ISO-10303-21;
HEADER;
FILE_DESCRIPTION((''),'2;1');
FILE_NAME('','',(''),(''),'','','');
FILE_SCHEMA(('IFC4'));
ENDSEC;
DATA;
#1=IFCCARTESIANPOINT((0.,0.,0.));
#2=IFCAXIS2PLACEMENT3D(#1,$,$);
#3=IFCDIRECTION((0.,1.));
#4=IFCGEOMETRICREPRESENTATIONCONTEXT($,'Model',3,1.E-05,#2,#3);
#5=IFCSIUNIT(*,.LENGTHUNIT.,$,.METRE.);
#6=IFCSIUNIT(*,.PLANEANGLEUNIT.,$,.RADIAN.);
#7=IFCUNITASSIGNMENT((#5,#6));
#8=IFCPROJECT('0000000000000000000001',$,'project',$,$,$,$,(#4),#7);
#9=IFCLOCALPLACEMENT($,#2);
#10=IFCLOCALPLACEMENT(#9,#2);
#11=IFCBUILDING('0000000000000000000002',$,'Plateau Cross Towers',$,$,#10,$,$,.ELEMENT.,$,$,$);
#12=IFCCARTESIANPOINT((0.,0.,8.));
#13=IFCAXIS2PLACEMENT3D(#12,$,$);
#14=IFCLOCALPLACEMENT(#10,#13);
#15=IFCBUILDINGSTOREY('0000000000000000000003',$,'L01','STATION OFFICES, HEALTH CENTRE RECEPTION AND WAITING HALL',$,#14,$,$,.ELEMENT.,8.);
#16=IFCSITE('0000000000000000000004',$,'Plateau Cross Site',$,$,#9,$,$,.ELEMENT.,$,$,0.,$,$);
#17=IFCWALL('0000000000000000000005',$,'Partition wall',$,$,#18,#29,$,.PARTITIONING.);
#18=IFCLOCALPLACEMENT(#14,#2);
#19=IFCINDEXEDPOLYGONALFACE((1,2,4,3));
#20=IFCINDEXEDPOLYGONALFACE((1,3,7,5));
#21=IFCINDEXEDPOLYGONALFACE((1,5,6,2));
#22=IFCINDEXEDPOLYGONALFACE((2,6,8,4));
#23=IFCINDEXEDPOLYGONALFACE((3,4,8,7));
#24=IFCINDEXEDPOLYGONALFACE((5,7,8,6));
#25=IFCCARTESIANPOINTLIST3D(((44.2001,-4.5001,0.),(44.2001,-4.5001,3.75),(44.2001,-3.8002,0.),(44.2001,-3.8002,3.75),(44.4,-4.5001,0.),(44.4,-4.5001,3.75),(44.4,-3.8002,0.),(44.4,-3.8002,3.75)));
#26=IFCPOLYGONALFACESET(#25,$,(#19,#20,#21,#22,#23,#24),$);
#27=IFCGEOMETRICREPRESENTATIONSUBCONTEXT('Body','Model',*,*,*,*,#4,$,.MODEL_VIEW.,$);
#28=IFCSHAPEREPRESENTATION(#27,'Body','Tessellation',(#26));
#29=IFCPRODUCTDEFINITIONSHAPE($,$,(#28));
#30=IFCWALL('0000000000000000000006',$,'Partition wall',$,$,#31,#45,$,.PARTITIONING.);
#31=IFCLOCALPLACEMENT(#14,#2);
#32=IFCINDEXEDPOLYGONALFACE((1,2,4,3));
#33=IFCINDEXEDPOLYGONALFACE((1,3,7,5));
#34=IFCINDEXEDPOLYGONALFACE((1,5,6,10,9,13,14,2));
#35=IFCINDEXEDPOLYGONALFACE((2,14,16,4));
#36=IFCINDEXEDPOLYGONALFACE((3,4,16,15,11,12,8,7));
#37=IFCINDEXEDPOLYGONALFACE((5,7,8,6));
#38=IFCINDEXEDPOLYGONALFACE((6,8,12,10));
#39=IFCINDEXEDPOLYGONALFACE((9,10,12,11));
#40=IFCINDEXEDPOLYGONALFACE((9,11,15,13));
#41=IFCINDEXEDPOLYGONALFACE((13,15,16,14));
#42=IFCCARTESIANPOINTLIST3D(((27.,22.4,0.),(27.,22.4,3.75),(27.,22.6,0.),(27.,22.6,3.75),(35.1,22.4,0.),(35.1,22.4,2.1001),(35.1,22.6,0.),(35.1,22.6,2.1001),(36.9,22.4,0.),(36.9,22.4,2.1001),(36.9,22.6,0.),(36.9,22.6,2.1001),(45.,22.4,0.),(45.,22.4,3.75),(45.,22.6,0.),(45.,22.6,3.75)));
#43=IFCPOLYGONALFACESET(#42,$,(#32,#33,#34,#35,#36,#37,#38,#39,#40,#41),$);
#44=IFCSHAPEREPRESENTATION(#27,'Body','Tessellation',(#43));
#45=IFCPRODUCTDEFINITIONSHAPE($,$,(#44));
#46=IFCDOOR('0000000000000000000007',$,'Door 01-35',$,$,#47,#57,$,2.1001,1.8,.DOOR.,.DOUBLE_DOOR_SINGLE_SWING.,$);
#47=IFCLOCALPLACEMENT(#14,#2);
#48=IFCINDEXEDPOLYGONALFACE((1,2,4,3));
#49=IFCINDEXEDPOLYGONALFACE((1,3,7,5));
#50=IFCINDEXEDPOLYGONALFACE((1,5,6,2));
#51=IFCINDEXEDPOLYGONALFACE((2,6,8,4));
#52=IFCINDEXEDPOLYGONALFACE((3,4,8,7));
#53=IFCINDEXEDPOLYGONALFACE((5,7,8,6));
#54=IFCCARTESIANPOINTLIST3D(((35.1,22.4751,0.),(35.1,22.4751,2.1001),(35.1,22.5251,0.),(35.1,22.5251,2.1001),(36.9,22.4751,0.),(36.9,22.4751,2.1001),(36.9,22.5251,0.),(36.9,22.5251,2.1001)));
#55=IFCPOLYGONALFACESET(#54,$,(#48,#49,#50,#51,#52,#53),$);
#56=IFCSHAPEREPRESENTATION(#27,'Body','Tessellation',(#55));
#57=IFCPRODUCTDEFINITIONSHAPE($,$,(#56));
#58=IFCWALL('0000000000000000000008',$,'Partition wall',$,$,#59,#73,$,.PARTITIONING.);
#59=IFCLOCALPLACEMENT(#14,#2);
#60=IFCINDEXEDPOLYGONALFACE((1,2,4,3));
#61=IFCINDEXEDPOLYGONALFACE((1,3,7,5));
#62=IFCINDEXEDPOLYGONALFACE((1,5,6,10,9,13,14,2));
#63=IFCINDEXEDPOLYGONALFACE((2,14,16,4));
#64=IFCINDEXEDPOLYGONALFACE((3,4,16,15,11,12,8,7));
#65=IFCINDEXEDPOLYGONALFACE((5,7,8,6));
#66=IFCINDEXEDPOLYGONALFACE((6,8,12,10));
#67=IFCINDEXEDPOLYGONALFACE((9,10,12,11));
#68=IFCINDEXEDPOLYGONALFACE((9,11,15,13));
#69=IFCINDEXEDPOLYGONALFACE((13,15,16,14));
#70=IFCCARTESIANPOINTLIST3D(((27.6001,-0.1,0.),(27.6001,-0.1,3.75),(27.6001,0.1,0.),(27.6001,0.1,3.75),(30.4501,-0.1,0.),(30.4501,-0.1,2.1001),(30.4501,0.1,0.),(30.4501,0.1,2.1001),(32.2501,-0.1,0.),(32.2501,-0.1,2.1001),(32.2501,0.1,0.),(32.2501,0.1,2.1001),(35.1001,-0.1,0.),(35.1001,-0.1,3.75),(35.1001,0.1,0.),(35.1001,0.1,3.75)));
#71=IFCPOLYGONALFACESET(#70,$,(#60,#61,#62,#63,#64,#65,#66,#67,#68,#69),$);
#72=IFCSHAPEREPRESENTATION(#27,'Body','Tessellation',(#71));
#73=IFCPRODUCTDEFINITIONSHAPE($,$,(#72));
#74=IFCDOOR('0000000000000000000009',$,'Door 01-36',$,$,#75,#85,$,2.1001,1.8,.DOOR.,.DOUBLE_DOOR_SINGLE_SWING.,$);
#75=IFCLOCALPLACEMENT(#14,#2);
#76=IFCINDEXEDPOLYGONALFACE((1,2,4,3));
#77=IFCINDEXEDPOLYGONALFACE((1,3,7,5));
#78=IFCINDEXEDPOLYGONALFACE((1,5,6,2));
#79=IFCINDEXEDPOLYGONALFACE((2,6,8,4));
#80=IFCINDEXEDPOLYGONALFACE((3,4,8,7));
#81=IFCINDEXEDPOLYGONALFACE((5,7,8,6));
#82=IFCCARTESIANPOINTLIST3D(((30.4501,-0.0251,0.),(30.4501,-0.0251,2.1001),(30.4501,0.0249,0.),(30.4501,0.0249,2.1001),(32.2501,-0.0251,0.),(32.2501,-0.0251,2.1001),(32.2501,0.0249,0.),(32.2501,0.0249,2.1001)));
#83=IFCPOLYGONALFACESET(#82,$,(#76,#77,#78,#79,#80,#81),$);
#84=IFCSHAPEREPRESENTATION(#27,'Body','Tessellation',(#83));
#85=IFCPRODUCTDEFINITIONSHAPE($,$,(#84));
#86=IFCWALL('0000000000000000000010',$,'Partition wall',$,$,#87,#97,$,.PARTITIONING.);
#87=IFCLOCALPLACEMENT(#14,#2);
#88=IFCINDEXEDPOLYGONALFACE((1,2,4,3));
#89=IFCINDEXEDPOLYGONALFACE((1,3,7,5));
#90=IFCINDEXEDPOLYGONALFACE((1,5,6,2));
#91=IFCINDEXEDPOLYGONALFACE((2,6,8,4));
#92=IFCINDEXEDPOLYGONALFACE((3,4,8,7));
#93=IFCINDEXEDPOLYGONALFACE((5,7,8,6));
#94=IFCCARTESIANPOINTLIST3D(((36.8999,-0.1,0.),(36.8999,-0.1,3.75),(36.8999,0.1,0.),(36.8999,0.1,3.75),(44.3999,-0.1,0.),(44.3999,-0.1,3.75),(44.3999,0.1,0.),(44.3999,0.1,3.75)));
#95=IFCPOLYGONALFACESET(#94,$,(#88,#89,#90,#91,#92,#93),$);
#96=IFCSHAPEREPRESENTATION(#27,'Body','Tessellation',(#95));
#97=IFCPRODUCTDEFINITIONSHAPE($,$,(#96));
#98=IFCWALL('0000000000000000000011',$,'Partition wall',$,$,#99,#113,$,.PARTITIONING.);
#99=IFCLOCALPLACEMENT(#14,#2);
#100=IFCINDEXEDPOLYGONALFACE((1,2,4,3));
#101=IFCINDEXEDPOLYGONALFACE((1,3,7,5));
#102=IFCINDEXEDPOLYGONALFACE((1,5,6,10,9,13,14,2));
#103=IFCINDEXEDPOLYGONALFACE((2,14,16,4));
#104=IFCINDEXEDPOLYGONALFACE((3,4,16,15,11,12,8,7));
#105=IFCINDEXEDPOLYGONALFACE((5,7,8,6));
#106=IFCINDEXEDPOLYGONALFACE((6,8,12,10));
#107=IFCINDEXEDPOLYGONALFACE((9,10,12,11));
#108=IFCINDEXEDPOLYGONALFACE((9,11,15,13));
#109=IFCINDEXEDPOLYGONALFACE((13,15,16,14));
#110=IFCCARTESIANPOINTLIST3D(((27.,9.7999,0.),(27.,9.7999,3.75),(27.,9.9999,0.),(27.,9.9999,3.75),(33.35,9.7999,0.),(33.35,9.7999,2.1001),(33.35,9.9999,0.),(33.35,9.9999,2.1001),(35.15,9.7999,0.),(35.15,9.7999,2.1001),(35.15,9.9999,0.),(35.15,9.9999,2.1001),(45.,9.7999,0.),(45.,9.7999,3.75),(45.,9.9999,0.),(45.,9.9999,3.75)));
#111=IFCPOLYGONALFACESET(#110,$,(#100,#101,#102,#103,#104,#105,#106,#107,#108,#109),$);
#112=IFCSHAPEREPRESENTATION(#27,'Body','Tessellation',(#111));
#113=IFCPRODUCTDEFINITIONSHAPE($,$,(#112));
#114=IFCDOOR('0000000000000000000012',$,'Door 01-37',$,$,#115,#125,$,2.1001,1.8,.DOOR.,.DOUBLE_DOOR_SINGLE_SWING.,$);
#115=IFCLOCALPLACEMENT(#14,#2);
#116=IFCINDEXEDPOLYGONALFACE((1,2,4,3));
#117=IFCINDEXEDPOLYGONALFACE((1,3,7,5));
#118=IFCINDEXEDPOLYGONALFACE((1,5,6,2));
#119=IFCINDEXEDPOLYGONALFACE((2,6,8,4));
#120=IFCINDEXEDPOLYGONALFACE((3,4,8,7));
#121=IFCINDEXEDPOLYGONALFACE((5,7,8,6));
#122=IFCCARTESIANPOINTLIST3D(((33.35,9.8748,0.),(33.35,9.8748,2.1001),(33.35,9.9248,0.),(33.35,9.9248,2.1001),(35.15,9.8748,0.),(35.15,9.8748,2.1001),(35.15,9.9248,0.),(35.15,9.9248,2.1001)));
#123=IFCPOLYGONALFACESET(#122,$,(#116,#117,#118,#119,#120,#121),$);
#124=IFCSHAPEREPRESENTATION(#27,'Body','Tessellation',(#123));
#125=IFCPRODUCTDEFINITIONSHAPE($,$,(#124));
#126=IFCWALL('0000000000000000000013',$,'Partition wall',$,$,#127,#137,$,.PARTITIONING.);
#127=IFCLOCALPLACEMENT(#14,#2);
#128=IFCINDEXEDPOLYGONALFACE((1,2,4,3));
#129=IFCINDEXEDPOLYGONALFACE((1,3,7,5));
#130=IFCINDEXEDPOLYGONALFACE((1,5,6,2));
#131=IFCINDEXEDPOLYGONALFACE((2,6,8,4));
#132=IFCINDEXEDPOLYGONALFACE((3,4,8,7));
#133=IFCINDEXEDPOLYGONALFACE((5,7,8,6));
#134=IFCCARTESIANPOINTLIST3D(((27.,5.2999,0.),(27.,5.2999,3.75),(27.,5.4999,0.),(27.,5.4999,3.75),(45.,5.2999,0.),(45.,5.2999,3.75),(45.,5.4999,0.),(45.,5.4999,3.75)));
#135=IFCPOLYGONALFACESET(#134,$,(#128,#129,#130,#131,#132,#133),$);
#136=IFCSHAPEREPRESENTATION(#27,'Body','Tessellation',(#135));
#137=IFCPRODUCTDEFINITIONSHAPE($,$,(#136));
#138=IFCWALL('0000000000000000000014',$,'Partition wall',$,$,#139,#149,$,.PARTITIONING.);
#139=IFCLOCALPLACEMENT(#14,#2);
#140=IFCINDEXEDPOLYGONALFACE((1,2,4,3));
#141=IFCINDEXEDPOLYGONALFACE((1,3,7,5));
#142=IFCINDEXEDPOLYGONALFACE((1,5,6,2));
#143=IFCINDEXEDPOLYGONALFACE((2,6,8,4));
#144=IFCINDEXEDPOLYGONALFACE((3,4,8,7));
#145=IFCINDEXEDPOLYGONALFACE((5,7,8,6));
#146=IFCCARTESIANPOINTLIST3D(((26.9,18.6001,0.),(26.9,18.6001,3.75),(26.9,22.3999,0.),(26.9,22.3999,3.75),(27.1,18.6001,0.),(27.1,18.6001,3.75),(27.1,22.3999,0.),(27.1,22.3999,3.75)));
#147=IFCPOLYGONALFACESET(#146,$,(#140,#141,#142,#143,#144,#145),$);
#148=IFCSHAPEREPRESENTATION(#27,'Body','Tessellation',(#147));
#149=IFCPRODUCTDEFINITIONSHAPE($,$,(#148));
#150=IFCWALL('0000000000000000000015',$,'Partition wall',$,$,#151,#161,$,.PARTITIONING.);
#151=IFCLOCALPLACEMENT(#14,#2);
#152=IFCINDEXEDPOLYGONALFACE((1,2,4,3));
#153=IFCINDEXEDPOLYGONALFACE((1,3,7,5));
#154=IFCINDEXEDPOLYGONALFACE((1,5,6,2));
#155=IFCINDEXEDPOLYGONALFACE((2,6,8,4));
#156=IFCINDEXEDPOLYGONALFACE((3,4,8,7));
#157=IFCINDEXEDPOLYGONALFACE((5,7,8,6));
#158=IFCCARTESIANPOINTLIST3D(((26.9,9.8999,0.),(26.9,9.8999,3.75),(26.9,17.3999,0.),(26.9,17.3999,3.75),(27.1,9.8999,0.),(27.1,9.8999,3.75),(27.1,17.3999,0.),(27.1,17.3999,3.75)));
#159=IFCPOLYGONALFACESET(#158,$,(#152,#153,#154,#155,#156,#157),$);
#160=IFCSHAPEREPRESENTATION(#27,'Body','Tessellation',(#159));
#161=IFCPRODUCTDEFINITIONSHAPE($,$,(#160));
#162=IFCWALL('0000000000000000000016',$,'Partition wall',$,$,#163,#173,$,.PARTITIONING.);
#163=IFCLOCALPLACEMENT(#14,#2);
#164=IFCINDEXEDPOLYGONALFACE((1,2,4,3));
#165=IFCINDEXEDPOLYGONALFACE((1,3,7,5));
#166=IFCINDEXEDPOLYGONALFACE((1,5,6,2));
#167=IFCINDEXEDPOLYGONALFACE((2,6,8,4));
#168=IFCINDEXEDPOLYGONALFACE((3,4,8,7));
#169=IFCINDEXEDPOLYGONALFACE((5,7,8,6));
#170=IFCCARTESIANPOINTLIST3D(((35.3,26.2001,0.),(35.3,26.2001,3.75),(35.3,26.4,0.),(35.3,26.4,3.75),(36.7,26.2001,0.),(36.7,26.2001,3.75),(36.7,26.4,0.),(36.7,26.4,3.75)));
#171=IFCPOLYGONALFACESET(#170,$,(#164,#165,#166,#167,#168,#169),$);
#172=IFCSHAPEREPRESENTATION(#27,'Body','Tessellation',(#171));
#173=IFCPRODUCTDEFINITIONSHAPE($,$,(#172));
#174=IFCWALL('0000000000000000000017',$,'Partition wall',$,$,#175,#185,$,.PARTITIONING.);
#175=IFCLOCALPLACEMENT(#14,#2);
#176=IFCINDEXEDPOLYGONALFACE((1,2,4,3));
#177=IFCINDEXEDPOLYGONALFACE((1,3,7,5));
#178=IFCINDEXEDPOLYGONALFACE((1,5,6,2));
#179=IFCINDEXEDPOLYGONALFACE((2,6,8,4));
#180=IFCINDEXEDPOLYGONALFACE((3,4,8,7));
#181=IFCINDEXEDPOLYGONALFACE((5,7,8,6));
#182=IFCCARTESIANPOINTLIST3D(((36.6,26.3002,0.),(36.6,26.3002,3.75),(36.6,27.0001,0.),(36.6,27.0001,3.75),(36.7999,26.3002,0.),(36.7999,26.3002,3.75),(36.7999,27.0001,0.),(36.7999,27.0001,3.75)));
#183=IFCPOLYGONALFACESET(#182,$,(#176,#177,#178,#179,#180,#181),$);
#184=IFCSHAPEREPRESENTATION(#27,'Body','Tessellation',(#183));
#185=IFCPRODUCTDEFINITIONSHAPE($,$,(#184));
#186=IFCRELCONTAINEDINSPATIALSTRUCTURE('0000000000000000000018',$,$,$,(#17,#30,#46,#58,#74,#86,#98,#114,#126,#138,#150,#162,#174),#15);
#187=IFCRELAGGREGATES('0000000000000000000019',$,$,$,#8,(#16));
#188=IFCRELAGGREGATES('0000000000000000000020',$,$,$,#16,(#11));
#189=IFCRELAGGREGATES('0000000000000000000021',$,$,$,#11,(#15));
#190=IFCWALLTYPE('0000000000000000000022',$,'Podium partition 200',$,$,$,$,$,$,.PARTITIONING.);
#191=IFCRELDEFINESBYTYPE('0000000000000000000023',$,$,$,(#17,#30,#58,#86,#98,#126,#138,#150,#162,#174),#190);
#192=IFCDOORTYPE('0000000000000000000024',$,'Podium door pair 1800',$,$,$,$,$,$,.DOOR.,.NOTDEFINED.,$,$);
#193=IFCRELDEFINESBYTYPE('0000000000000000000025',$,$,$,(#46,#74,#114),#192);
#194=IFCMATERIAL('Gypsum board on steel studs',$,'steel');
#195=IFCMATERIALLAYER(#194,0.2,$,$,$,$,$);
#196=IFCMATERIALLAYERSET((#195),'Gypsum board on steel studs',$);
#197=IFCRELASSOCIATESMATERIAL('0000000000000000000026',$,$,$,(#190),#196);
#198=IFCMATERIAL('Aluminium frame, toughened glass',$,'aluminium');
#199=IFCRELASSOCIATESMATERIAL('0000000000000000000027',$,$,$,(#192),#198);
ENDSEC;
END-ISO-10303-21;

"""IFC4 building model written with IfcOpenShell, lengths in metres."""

from ifc_helpers import new_model, si_unit, direction, frame, frame_2d, origin, place, context, subcontext, project, spatial, rectangle, extrude, material, layer, layer_set, type_object, element, fill, save


model = new_model("IFC4")

# Units and contexts
model_context = context("Model", 3, precision=1e-05, world=origin(), true_north=direction((0.0, 1.0)))
body_context = subcontext(model_context, "Body", "Model", "MODEL_VIEW")
ifc_project = project(units=[si_unit("LENGTHUNIT", "METRE"), si_unit("PLANEANGLEUNIT", "RADIAN")], contexts=[model_context])

# Site, building, storey
site_placement = place(None, origin())
site = spatial("IfcSite", under=ifc_project, at=site_placement, Name="Plateau Cross Site", CompositionType="ELEMENT", RefElevation=0.0)
building_placement = place(site_placement, origin())
building = spatial("IfcBuilding", under=site, at=building_placement, Name="Plateau Cross Towers", CompositionType="ELEMENT")
storey_placement = place(building_placement, frame((0.0, 0.0, 8.0)))
storey = spatial("IfcBuildingStorey", under=building, at=storey_placement, Name="L01", Description="STATION OFFICES, HEALTH CENTRE RECEPTION AND WAITING HALL", CompositionType="ELEMENT", Elevation=8.0)

# Wall
ifc_material_1 = material(Name="Gypsum board on steel studs", Category="steel")
ifc_layer_1 = layer(ifc_material_1, 0.2)
ifc_layer_set_1 = layer_set([ifc_layer_1], Name="Gypsum board on steel studs")
wall_type_1 = type_object("IfcWallType", Name="Podium partition 200", PredefinedType="PARTITIONING", material=ifc_layer_set_1)
wall_1_placement = place(storey_placement, frame((44.3, -3.8, 0.0), z_axis=(0.0, 0.0, 1.0), x_axis=(0.0, -1.0, 0.0)))
element("IfcWall", 1, at=wall_1_placement, inside=storey, type_object=wall_type_1, Name="Partition wall", PredefinedType="PARTITIONING", context=body_context, shape_type="SweptSolid", body=[
    extrude(rectangle(XDim=0.7, YDim=0.2, at=frame_2d((0.3501, 0.0))), origin(), (0.0, 0.0, 1.0), 3.75),
])

# Walls, openings, doors
wall_2_placement = place(storey_placement, frame((45.0, 22.5, 0.0), z_axis=(0.0, 0.0, 1.0), x_axis=(-1.0, 0.0, 0.0)))
wall_2 = element("IfcWall", 2, at=wall_2_placement, inside=storey, type_object=wall_type_1, Name="Partition wall", PredefinedType="PARTITIONING", context=body_context, shape_type="SweptSolid", body=[
    extrude(rectangle(XDim=18.0, YDim=0.2, at=frame_2d((9.0, 0.0))), origin(), (0.0, 0.0, 1.0), 3.75),
])
opening_1_placement = place(wall_2_placement, frame((8.1001, 0.0, 0.0)))
opening_1 = element("IfcOpeningElement", 3, at=opening_1_placement, cuts=wall_2, PredefinedType="OPENING", context=body_context, shape_type="SweptSolid", body=[
    extrude(rectangle(XDim=1.8, YDim=2.1001, at=frame_2d((0.8999, 1.05))), frame((0.0, 0.1099, 0.0), z_axis=(0.0, -1.0, 0.0), x_axis=(1.0, 0.0, 0.0)), (0.0, 0.0, 1.0), 0.22),
])
ifc_material_2 = material(Name="Aluminium frame, toughened glass", Category="aluminium")
door_type = type_object("IfcDoorType", Name="Podium door pair 1800", OperationType="NOTDEFINED", PredefinedType="DOOR", material=ifc_material_2)
door_1_placement = place(opening_1_placement, origin())
door_1 = element("IfcDoor", 4, at=door_1_placement, inside=storey, type_object=door_type, Name="Door 01-35", OperationType="DOUBLE_DOOR_SINGLE_SWING", OverallHeight=2.1001, OverallWidth=1.8, PredefinedType="DOOR", context=body_context, shape_type="SweptSolid", body=[
    extrude(rectangle(XDim=1.8, YDim=2.1001, at=frame_2d((0.8999, 1.05))), frame((0.0, 0.0249, 0.0), z_axis=(0.0, -1.0, 0.0), x_axis=(1.0, 0.0, 0.0)), (0.0, 0.0, 1.0), 0.05),
])
fill(opening_1, door_1)
wall_3_placement = place(storey_placement, frame((27.6001, 0.0, 0.0), z_axis=(0.0, 0.0, 1.0), x_axis=(1.0, 0.0, 0.0)))
wall_3 = element("IfcWall", 5, at=wall_3_placement, inside=storey, type_object=wall_type_1, Name="Partition wall", PredefinedType="PARTITIONING", context=body_context, shape_type="SweptSolid", body=[
    extrude(rectangle(XDim=7.5, YDim=0.2, at=frame_2d((3.75, 0.0))), origin(), (0.0, 0.0, 1.0), 3.75),
])
opening_2_placement = place(wall_3_placement, frame((2.8501, 0.0, 0.0)))
opening_2 = element("IfcOpeningElement", 6, at=opening_2_placement, cuts=wall_3, PredefinedType="OPENING", context=body_context, shape_type="SweptSolid", body=[
    extrude(rectangle(XDim=1.8, YDim=2.1001, at=frame_2d((0.8999, 1.05))), frame((0.0, 0.1099, 0.0), z_axis=(0.0, -1.0, 0.0), x_axis=(1.0, 0.0, 0.0)), (0.0, 0.0, 1.0), 0.22),
])
door_2_placement = place(opening_2_placement, origin())
door_2 = element("IfcDoor", 7, at=door_2_placement, inside=storey, type_object=door_type, Name="Door 01-36", OperationType="DOUBLE_DOOR_SINGLE_SWING", OverallHeight=2.1001, OverallWidth=1.8, PredefinedType="DOOR", context=body_context, shape_type="SweptSolid", body=[
    extrude(rectangle(XDim=1.8, YDim=2.1001, at=frame_2d((0.8999, 1.05))), frame((0.0, 0.0249, 0.0), z_axis=(0.0, -1.0, 0.0), x_axis=(1.0, 0.0, 0.0)), (0.0, 0.0, 1.0), 0.05),
])
fill(opening_2, door_2)

# Wall
wall_4_placement = place(storey_placement, frame((36.8999, 0.0, 0.0), z_axis=(0.0, 0.0, 1.0), x_axis=(1.0, 0.0, 0.0)))
element("IfcWall", 8, at=wall_4_placement, inside=storey, type_object=wall_type_1, Name="Partition wall", PredefinedType="PARTITIONING", context=body_context, shape_type="SweptSolid", body=[
    extrude(rectangle(XDim=7.5, YDim=0.2, at=frame_2d((3.75, 0.0))), origin(), (0.0, 0.0, 1.0), 3.75),
])

# Wall, opening, door
wall_5_placement = place(storey_placement, frame((27.0, 9.8999, 0.0), z_axis=(0.0, 0.0, 1.0), x_axis=(1.0, 0.0, 0.0)))
wall_5 = element("IfcWall", 9, at=wall_5_placement, inside=storey, type_object=wall_type_1, Name="Partition wall", PredefinedType="PARTITIONING", context=body_context, shape_type="SweptSolid", body=[
    extrude(rectangle(XDim=18.0, YDim=0.2, at=frame_2d((9.0, 0.0))), origin(), (0.0, 0.0, 1.0), 3.75),
])
opening_3_placement = place(wall_5_placement, frame((6.3501, 0.0, 0.0)))
opening_3 = element("IfcOpeningElement", 10, at=opening_3_placement, cuts=wall_5, PredefinedType="OPENING", context=body_context, shape_type="SweptSolid", body=[
    extrude(rectangle(XDim=1.8, YDim=2.1001, at=frame_2d((0.8999, 1.05))), frame((0.0, 0.1099, 0.0), z_axis=(0.0, -1.0, 0.0), x_axis=(1.0, 0.0, 0.0)), (0.0, 0.0, 1.0), 0.22),
])
door_3_placement = place(opening_3_placement, origin())
door_3 = element("IfcDoor", 11, at=door_3_placement, inside=storey, type_object=door_type, Name="Door 01-37", OperationType="DOUBLE_DOOR_SINGLE_SWING", OverallHeight=2.1001, OverallWidth=1.8, PredefinedType="DOOR", context=body_context, shape_type="SweptSolid", body=[
    extrude(rectangle(XDim=1.8, YDim=2.1001, at=frame_2d((0.8999, 1.05))), frame((0.0, 0.0249, 0.0), z_axis=(0.0, -1.0, 0.0), x_axis=(1.0, 0.0, 0.0)), (0.0, 0.0, 1.0), 0.05),
])
fill(opening_3, door_3)

# Walls
wall_6_placement = place(storey_placement, frame((45.0, 5.3999, 0.0), z_axis=(0.0, 0.0, 1.0), x_axis=(-1.0, 0.0, 0.0)))
element("IfcWall", 12, at=wall_6_placement, inside=storey, type_object=wall_type_1, Name="Partition wall", PredefinedType="PARTITIONING", context=body_context, shape_type="SweptSolid", body=[
    extrude(rectangle(XDim=18.0, YDim=0.2, at=frame_2d((9.0, 0.0))), origin(), (0.0, 0.0, 1.0), 3.75),
])
wall_7_placement = place(storey_placement, frame((27.0, 22.3999, 0.0), z_axis=(0.0, 0.0, 1.0), x_axis=(0.0, -1.0, 0.0)))
element("IfcWall", 13, at=wall_7_placement, inside=storey, type_object=wall_type_1, Name="Partition wall", PredefinedType="PARTITIONING", context=body_context, shape_type="SweptSolid", body=[
    extrude(rectangle(XDim=3.7998, YDim=0.2, at=frame_2d((1.8999, 0.0))), origin(), (0.0, 0.0, 1.0), 3.75),
])
wall_8_placement = place(storey_placement, frame((27.0, 17.3999, 0.0), z_axis=(0.0, 0.0, 1.0), x_axis=(0.0, -1.0, 0.0)))
element("IfcWall", 14, at=wall_8_placement, inside=storey, type_object=wall_type_1, Name="Partition wall", PredefinedType="PARTITIONING", context=body_context, shape_type="SweptSolid", body=[
    extrude(rectangle(XDim=7.5, YDim=0.2, at=frame_2d((3.75, 0.0))), origin(), (0.0, 0.0, 1.0), 3.75),
])
wall_9_placement = place(storey_placement, frame((35.3, 26.3, 0.0), z_axis=(0.0, 0.0, 1.0), x_axis=(1.0, 0.0, 0.0)))
element("IfcWall", 15, at=wall_9_placement, inside=storey, type_object=wall_type_1, Name="Partition wall", PredefinedType="PARTITIONING", context=body_context, shape_type="SweptSolid", body=[
    extrude(rectangle(XDim=1.3999, YDim=0.2, at=frame_2d((0.7, 0.0))), origin(), (0.0, 0.0, 1.0), 3.75),
])
wall_10_placement = place(storey_placement, frame((36.7, 26.3, 0.0), z_axis=(0.0, 0.0, 1.0), x_axis=(0.0, 1.0, 0.0)))
element("IfcWall", 16, at=wall_10_placement, inside=storey, type_object=wall_type_1, Name="Partition wall", PredefinedType="PARTITIONING", context=body_context, shape_type="SweptSolid", body=[
    extrude(rectangle(XDim=0.7, YDim=0.2, at=frame_2d((0.3501, 0.0))), origin(), (0.0, 0.0, 1.0), 3.75),
])

save(model, "model.ifc")
